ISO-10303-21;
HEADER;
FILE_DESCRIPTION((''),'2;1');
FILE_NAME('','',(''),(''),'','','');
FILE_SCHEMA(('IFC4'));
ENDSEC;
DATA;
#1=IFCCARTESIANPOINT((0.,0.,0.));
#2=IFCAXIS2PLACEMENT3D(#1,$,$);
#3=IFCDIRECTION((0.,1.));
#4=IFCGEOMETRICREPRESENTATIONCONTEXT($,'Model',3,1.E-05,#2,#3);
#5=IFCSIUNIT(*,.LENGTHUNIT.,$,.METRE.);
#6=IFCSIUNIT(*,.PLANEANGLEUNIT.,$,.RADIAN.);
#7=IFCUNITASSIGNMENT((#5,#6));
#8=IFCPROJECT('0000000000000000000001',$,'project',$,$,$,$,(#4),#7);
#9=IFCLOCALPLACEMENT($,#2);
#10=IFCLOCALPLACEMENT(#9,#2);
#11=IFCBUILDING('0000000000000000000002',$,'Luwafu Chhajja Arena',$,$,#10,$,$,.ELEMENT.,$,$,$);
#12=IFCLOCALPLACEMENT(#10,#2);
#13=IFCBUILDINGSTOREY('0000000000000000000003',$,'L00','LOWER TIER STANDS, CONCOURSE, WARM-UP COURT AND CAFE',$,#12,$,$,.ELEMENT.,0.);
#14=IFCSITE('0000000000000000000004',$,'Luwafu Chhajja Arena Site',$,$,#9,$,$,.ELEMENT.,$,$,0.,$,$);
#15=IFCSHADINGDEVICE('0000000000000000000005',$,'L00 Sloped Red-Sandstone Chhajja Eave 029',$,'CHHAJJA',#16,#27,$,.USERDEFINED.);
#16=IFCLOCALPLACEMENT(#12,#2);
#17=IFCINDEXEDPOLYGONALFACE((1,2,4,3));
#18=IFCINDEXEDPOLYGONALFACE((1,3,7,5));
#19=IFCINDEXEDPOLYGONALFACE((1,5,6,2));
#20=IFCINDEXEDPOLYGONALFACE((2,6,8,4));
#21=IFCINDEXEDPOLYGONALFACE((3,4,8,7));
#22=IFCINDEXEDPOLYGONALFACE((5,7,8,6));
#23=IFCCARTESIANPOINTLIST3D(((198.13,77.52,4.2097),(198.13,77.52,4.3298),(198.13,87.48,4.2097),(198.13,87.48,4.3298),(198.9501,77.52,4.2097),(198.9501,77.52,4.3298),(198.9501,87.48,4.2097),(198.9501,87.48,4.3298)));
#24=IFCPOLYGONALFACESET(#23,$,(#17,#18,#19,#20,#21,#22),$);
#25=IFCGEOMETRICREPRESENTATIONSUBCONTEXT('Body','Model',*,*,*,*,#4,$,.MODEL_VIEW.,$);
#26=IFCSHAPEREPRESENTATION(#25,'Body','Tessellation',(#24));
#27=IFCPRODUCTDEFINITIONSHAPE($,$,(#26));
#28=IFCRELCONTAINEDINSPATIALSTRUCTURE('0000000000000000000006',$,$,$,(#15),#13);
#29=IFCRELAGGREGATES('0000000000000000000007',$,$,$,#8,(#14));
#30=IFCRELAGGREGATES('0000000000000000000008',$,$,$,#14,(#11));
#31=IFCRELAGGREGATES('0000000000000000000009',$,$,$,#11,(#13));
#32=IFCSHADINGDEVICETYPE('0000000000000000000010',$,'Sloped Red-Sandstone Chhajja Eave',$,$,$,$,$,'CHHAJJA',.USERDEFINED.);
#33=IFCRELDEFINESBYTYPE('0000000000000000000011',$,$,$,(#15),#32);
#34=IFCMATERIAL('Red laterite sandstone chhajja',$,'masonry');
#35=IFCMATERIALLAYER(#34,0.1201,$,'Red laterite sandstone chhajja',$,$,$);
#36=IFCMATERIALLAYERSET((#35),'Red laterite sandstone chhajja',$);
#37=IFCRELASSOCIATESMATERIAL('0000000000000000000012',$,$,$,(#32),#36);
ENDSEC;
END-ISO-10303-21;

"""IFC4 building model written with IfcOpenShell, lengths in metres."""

from ifc_helpers import new_model, si_unit, direction, frame, origin, origin_2d, place, context, subcontext, project, spatial, rectangle, extrude, material, layer, layer_set, type_object, element, save


model = new_model("IFC4")

# Units and contexts
model_context = context("Model", 3, precision=1e-05, world=origin(), true_north=direction((0.0, 1.0)))
body_context = subcontext(model_context, "Body", "Model", "MODEL_VIEW")
ifc_project = project(units=[si_unit("LENGTHUNIT", "METRE"), si_unit("PLANEANGLEUNIT", "RADIAN")], contexts=[model_context])

# Site, building, storey
site_placement = place(None, origin())
site = spatial("IfcSite", under=ifc_project, at=site_placement, Name="Luwafu Chhajja Arena Site", CompositionType="ELEMENT", RefElevation=0.0)
building_placement = place(site_placement, origin())
building = spatial("IfcBuilding", under=site, at=building_placement, Name="Luwafu Chhajja Arena", CompositionType="ELEMENT")
storey_placement = place(building_placement, origin())
storey = spatial("IfcBuildingStorey", under=building, at=storey_placement, Name="L00", Description="LOWER TIER STANDS, CONCOURSE, WARM-UP COURT AND CAFE", CompositionType="ELEMENT", Elevation=0.0)

# Shading device
ifc_material_1 = material(Name="Red laterite sandstone chhajja", Category="masonry")
ifc_layer_1 = layer(ifc_material_1, 0.1201, Name="Red laterite sandstone chhajja")
ifc_layer_set_1 = layer_set([ifc_layer_1], Name="Red laterite sandstone chhajja")
shading_device_type = type_object("IfcShadingDeviceType", Name="Sloped Red-Sandstone Chhajja Eave", ElementType="CHHAJJA", PredefinedType="USERDEFINED", material=ifc_layer_set_1)
shading_device_placement = place(storey_placement, frame((198.54, 82.5, 4.2097), z_axis=(0.0, 0.0, 1.0), x_axis=(0.0, 1.0, 0.0)))
element("IfcShadingDevice", 1, at=shading_device_placement, inside=storey, type_object=shading_device_type, Name="L00 Sloped Red-Sandstone Chhajja Eave 029", ObjectType="CHHAJJA", PredefinedType="USERDEFINED", context=body_context, shape_type="SweptSolid", body=[
    extrude(rectangle(XDim=9.96, YDim=0.8201, at=origin_2d()), origin(), (0.0, 0.0, 1.0), 0.1201),
])

save(model, "model.ifc")
